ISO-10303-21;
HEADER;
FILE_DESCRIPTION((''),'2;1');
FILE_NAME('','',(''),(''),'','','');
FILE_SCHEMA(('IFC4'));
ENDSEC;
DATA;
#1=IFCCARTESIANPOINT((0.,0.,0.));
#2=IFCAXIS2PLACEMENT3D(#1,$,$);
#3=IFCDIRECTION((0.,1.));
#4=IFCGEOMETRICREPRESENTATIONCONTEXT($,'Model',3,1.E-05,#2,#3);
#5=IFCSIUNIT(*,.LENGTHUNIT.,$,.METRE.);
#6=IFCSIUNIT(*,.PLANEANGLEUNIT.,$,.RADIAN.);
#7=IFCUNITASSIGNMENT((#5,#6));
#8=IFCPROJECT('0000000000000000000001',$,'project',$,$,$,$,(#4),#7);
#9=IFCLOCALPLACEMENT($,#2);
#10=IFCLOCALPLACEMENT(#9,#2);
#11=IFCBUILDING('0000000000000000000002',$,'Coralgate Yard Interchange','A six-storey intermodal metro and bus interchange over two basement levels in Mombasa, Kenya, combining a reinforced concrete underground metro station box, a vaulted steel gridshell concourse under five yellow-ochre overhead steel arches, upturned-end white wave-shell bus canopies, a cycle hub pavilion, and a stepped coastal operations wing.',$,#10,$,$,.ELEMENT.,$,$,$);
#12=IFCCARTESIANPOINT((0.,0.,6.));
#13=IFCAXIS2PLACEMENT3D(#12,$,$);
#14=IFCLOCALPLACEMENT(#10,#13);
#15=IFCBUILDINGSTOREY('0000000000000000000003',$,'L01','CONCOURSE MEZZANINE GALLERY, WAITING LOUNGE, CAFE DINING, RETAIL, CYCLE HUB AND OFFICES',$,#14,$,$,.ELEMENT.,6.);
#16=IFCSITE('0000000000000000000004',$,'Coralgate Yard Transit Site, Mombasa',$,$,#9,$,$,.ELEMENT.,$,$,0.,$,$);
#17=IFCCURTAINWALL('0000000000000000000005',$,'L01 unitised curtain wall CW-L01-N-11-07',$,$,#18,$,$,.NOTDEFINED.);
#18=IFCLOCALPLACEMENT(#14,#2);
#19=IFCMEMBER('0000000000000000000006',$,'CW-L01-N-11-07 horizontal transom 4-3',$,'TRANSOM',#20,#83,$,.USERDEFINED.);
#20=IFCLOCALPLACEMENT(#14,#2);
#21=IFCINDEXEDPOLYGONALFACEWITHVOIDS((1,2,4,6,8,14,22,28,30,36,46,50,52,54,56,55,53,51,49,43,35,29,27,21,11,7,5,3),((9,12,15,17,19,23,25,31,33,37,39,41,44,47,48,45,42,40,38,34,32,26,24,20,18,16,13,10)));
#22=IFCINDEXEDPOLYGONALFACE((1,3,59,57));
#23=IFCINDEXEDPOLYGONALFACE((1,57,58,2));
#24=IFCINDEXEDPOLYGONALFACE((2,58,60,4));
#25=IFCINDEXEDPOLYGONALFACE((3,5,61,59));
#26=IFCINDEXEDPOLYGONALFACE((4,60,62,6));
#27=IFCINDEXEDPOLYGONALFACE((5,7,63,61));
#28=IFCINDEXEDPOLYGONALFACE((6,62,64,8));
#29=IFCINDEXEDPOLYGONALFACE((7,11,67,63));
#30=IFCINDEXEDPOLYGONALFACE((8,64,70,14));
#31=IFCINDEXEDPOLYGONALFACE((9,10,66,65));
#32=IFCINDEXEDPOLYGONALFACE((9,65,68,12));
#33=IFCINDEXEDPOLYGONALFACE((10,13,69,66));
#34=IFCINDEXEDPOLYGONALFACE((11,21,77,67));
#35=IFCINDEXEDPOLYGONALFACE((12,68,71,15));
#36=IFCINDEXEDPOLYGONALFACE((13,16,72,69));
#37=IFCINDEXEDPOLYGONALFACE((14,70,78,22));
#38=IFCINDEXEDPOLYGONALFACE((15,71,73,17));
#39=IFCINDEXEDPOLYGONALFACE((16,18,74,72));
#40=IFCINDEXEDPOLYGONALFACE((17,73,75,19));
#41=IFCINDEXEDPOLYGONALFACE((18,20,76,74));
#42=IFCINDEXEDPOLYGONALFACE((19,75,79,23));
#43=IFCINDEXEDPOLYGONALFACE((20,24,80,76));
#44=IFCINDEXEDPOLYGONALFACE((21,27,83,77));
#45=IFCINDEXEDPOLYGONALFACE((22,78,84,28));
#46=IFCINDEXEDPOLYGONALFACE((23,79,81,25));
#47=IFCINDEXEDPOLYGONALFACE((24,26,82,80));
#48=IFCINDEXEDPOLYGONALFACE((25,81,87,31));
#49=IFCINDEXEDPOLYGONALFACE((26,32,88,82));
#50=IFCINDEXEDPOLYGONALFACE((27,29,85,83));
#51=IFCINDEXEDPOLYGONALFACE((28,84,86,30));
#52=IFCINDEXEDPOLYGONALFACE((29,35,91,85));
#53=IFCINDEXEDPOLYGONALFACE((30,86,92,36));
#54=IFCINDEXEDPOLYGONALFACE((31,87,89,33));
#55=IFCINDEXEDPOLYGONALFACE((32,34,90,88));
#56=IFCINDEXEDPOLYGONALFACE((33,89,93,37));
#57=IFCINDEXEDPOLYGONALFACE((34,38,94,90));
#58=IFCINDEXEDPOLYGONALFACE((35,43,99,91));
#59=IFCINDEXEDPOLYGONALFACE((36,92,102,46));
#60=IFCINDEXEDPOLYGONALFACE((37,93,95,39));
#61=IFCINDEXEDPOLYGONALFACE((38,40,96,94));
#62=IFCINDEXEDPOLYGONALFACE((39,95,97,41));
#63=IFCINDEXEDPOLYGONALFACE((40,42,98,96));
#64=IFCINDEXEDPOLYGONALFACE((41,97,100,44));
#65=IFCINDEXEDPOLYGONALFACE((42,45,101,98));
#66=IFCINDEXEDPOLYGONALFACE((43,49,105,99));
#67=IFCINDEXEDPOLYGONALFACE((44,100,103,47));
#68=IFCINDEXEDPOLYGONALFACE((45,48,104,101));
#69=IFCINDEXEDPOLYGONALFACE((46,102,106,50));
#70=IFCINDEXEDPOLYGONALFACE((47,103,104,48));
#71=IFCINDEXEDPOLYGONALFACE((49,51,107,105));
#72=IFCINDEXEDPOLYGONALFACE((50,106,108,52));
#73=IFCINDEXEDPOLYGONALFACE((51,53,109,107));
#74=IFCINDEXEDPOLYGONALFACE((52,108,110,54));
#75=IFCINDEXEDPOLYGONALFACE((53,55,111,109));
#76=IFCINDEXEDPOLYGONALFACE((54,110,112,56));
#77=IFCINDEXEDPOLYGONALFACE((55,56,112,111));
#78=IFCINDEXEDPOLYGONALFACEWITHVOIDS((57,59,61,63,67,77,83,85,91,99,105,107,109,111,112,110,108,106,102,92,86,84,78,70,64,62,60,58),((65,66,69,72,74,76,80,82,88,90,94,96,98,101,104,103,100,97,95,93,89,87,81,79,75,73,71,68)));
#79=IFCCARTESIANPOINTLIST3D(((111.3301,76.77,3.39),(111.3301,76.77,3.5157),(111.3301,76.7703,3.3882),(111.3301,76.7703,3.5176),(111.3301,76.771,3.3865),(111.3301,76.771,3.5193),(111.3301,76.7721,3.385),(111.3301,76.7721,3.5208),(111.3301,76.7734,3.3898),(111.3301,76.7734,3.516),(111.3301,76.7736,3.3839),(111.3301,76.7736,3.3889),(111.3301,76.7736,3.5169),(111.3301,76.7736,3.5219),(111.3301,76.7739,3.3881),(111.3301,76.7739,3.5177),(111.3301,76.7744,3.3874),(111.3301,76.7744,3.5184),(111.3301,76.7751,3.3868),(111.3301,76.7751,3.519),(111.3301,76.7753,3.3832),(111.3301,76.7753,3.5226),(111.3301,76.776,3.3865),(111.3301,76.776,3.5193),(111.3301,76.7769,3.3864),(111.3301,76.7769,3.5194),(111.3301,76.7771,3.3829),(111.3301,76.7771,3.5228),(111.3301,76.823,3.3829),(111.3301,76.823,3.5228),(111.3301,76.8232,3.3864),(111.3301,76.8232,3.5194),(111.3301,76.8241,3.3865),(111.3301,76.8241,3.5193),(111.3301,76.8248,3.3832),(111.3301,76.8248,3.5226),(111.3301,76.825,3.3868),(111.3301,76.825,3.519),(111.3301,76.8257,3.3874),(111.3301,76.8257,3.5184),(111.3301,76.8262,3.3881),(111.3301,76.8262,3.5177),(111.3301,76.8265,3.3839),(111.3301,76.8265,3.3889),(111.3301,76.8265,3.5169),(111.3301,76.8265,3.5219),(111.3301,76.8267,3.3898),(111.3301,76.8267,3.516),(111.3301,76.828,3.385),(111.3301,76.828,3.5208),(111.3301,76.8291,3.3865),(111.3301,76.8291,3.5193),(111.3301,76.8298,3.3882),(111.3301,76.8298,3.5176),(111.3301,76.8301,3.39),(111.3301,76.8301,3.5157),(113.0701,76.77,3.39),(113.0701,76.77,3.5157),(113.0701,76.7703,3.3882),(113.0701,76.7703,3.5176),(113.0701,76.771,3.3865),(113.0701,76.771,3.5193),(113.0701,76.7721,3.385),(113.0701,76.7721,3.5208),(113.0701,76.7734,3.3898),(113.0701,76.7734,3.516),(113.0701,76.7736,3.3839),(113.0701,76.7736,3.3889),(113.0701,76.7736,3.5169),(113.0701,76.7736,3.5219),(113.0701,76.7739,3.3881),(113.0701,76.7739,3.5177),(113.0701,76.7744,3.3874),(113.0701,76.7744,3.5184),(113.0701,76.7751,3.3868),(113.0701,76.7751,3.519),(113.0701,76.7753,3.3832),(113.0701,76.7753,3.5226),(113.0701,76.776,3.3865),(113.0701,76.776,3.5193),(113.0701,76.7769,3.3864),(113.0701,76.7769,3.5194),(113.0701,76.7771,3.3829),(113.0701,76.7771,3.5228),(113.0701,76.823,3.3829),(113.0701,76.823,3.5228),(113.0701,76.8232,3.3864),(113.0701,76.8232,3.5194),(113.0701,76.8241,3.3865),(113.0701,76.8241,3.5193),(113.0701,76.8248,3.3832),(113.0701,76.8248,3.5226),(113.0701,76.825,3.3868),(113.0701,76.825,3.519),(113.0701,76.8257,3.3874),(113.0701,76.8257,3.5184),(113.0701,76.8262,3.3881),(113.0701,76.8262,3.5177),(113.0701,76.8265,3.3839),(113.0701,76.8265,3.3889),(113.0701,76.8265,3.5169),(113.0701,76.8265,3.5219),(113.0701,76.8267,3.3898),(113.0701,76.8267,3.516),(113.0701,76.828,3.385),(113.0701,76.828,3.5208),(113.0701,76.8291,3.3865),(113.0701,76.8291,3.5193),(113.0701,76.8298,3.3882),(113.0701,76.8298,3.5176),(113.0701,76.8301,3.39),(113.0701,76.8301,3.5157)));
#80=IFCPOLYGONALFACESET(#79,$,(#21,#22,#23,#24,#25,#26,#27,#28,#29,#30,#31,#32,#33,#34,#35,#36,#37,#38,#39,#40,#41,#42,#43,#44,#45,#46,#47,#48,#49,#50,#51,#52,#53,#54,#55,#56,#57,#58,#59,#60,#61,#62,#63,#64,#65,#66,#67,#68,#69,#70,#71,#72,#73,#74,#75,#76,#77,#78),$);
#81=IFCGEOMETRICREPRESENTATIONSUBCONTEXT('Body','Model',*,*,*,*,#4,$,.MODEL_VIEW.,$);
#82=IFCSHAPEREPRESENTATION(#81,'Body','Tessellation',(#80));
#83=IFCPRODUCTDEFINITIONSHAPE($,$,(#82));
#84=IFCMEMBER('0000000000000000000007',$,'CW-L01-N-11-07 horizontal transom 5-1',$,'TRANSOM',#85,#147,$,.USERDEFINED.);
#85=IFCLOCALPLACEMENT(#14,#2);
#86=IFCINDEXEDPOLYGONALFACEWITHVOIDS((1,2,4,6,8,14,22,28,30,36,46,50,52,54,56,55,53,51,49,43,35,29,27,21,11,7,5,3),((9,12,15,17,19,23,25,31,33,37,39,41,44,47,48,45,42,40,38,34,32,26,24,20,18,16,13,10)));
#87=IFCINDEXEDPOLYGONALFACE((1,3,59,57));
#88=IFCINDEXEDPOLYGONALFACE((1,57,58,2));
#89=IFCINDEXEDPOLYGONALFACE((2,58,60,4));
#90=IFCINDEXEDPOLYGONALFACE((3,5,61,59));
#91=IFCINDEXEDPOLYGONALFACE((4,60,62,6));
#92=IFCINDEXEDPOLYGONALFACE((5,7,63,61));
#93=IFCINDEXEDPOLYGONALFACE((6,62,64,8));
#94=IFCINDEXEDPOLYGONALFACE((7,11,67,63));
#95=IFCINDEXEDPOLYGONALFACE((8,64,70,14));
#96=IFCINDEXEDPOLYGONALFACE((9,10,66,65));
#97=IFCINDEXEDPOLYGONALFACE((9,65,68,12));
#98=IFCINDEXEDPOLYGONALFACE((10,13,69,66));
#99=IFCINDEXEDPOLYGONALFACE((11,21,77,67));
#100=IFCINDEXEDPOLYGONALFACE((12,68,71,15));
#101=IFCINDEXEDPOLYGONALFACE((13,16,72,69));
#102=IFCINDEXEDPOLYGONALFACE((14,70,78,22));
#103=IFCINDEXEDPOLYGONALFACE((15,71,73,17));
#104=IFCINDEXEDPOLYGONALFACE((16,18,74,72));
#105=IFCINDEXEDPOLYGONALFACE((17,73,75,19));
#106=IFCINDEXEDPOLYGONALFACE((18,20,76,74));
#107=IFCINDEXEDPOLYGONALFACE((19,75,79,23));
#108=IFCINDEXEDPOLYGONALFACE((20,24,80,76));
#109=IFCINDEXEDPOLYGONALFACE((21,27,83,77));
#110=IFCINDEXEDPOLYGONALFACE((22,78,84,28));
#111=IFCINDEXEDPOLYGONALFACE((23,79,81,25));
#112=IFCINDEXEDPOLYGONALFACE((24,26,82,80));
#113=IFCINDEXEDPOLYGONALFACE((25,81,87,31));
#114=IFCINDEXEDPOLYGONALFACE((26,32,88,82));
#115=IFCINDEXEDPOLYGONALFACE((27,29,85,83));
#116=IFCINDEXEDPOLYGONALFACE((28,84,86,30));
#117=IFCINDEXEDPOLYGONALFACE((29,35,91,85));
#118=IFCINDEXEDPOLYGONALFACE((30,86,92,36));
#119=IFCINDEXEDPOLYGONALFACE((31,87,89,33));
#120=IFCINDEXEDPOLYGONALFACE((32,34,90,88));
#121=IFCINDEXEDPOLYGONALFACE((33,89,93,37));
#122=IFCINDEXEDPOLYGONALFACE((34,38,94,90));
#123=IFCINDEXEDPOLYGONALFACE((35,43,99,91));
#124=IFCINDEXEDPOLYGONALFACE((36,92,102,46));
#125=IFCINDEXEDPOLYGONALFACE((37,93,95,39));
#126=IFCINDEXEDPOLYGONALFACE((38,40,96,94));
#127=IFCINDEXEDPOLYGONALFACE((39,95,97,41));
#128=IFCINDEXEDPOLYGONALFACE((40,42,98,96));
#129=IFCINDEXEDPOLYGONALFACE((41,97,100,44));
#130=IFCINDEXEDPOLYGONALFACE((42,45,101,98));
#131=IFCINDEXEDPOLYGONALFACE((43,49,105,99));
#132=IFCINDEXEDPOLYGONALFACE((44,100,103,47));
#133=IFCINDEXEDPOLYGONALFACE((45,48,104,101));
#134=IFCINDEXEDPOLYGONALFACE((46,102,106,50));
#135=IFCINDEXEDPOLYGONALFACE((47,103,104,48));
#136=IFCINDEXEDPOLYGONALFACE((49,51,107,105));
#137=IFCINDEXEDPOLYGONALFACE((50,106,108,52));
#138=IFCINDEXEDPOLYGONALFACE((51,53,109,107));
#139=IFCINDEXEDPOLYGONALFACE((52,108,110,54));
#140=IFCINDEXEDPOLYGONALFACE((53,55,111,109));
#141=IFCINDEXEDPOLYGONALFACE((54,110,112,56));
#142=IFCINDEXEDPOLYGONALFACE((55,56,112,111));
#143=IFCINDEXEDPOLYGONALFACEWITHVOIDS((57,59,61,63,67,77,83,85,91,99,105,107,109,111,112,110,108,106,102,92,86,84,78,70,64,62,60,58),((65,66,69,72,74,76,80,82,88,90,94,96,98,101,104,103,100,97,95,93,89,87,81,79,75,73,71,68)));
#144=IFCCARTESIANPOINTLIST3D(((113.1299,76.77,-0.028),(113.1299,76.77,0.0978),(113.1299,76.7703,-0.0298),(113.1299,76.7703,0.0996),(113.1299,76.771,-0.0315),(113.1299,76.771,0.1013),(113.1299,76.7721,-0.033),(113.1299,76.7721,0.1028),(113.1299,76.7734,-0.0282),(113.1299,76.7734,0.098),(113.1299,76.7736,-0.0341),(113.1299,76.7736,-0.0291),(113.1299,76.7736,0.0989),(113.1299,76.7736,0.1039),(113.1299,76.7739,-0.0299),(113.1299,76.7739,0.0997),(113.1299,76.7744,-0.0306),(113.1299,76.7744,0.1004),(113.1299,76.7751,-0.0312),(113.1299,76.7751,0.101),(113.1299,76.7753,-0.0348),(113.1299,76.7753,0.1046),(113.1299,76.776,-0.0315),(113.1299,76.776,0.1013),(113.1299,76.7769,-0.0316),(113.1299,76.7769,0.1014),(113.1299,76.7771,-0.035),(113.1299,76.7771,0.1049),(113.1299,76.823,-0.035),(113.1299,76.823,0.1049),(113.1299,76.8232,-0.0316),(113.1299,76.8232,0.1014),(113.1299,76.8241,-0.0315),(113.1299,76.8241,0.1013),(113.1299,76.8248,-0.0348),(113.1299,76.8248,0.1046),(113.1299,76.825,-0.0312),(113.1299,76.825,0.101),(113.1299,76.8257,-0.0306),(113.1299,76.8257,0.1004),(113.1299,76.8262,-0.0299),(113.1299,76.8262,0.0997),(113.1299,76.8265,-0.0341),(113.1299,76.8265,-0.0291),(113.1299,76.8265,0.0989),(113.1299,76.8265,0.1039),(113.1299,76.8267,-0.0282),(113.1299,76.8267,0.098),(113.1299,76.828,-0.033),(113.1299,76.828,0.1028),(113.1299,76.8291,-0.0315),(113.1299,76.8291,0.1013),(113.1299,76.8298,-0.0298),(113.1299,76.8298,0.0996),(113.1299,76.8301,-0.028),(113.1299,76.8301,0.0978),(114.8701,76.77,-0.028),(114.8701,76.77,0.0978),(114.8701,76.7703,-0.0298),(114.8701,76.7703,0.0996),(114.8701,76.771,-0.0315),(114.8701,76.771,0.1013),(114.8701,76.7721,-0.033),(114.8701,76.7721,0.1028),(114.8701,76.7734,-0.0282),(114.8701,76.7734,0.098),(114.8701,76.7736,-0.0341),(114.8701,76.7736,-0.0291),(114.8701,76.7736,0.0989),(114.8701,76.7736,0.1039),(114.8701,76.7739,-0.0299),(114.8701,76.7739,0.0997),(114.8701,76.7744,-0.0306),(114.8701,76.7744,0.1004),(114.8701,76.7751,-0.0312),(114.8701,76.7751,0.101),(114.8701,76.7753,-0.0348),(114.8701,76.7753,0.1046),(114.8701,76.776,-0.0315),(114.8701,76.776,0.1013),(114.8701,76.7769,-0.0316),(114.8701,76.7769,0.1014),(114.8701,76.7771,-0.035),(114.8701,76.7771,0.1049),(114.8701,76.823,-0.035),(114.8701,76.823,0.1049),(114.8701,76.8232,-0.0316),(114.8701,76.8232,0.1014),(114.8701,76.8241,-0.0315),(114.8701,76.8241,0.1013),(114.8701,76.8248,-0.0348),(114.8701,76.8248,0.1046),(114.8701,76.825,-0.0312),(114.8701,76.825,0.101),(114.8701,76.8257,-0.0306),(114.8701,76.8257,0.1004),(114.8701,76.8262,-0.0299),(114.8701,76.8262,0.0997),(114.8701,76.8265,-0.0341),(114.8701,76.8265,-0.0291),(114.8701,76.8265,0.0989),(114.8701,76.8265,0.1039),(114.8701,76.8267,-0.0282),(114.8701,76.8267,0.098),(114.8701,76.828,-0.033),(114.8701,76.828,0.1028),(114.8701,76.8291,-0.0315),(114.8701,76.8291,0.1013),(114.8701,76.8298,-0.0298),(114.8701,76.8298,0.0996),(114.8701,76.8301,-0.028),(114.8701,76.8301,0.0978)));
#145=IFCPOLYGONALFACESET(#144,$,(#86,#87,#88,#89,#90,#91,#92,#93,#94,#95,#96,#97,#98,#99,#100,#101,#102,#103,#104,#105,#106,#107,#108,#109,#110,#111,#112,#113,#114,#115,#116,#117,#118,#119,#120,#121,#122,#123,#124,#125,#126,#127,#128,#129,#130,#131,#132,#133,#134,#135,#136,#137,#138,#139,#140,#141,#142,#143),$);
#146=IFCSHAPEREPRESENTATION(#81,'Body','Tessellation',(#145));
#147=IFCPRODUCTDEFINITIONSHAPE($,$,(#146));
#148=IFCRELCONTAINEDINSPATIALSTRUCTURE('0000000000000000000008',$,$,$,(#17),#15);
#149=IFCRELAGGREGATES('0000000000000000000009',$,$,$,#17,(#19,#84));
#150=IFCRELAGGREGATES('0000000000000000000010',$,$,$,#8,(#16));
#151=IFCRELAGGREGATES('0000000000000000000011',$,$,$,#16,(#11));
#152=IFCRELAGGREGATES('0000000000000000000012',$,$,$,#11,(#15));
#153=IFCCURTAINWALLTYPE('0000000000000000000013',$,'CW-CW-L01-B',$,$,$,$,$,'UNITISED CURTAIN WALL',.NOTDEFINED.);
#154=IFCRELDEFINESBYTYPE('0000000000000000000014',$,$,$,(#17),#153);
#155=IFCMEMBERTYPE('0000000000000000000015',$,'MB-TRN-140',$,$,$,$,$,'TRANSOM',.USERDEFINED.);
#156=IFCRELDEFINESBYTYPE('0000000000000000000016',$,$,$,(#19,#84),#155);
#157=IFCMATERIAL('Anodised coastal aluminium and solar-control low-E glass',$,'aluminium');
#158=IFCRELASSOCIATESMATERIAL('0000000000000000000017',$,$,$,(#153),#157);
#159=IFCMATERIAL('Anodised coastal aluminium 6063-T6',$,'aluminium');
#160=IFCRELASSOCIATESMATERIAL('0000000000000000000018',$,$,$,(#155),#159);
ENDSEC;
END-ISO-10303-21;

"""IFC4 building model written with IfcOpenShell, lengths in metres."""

from ifc_helpers import new_model, si_unit, direction, frame, origin, origin_2d, place, context, subcontext, project, spatial, hollow_rectangle, extrude, material, material_profile, profile_set, type_object, element, aggregate, save


model = new_model("IFC4")

# Units and contexts
model_context = context("Model", 3, precision=1e-05, world=origin(), true_north=direction((0.0, 1.0)))
body_context = subcontext(model_context, "Body", "Model", "MODEL_VIEW")
ifc_project = project(units=[si_unit("LENGTHUNIT", "METRE"), si_unit("PLANEANGLEUNIT", "RADIAN")], contexts=[model_context])

# Site, building, storey
site_placement = place(None, origin())
site = spatial("IfcSite", under=ifc_project, at=site_placement, Name="Coralgate Yard Transit Site, Mombasa", CompositionType="ELEMENT", RefElevation=0.0)
building_placement = place(site_placement, origin())
building = spatial("IfcBuilding", under=site, at=building_placement, Name="Coralgate Yard Interchange", Description="A six-storey intermodal metro and bus interchange over two basement levels in Mombasa, Kenya, combining a reinforced concrete underground metro station box, a vaulted steel gridshell concourse under five yellow-ochre overhead steel arches, upturned-end white wave-shell bus canopies, a cycle hub pavilion, and a stepped coastal operations wing.", CompositionType="ELEMENT")
storey_placement = place(building_placement, frame((0.0, 0.0, 6.0)))
storey = spatial("IfcBuildingStorey", under=building, at=storey_placement, Name="L01", Description="CONCOURSE MEZZANINE GALLERY, WAITING LOUNGE, CAFE DINING, RETAIL, CYCLE HUB AND OFFICES", CompositionType="ELEMENT", Elevation=6.0)

# Curtain wall, members
ifc_material_1 = material(Name="Anodised coastal aluminium and solar-control low-E glass", Category="aluminium")
curtain_wall_type_1 = type_object("IfcCurtainWallType", Name="CW-CW-L01-B", ElementType="UNITISED CURTAIN WALL", PredefinedType="NOTDEFINED", material=ifc_material_1)
curtain_wall_1_placement = place(storey_placement, origin())
curtain_wall_1 = element("IfcCurtainWall", 1, at=curtain_wall_1_placement, inside=storey, type_object=curtain_wall_type_1, Name="L01 unitised curtain wall CW-L01-N-11-07", PredefinedType="NOTDEFINED")
ifc_material_2 = material(Name="Anodised coastal aluminium 6063-T6", Category="aluminium")
ifc_material_profile_1 = material_profile(ifc_material_2, hollow_rectangle(XDim=0.0601, YDim=0.1399, WallThickness=0.0034, InnerFilletRadius=0.0034, OuterFilletRadius=0.0071, at=origin_2d()), Name="ALU 60x140x3.5")
ifc_profile_set_1 = profile_set([ifc_material_profile_1], Name="Anodised coastal aluminium 6063-T6")
member_type_1 = type_object("IfcMemberType", Name="MB-TRN-140", ElementType="TRANSOM", PredefinedType="USERDEFINED", material=ifc_profile_set_1)
member_1_placement = place(storey_placement, frame((111.3301, 76.8, 3.4529), z_axis=(1.0, 0.0, 0.0), x_axis=(0.0, 1.0, 0.0)))
member_1 = element("IfcMember", 2, at=member_1_placement, type_object=member_type_1, Name="CW-L01-N-11-07 horizontal transom 4-3", ObjectType="TRANSOM", PredefinedType="USERDEFINED", context=body_context, shape_type="SweptSolid", body=[
    extrude(hollow_rectangle(XDim=0.0601, YDim=0.1399, WallThickness=0.0034, InnerFilletRadius=0.0034, OuterFilletRadius=0.0071, at=origin_2d()), origin(), (0.0, 0.0, 1.0), 1.74),
])
member_2_placement = place(storey_placement, frame((113.1299, 76.8, 0.0349), z_axis=(1.0, 0.0, 0.0), x_axis=(0.0, 1.0, 0.0)))
member_2 = element("IfcMember", 3, at=member_2_placement, type_object=member_type_1, Name="CW-L01-N-11-07 horizontal transom 5-1", ObjectType="TRANSOM", PredefinedType="USERDEFINED", context=body_context, shape_type="SweptSolid", body=[
    extrude(hollow_rectangle(XDim=0.0601, YDim=0.1399, WallThickness=0.0034, InnerFilletRadius=0.0034, OuterFilletRadius=0.0071, at=origin_2d()), origin(), (0.0, 0.0, 1.0), 1.7402),
])

aggregate(curtain_wall_1, [member_1, member_2])

save(model, "model.ifc")
